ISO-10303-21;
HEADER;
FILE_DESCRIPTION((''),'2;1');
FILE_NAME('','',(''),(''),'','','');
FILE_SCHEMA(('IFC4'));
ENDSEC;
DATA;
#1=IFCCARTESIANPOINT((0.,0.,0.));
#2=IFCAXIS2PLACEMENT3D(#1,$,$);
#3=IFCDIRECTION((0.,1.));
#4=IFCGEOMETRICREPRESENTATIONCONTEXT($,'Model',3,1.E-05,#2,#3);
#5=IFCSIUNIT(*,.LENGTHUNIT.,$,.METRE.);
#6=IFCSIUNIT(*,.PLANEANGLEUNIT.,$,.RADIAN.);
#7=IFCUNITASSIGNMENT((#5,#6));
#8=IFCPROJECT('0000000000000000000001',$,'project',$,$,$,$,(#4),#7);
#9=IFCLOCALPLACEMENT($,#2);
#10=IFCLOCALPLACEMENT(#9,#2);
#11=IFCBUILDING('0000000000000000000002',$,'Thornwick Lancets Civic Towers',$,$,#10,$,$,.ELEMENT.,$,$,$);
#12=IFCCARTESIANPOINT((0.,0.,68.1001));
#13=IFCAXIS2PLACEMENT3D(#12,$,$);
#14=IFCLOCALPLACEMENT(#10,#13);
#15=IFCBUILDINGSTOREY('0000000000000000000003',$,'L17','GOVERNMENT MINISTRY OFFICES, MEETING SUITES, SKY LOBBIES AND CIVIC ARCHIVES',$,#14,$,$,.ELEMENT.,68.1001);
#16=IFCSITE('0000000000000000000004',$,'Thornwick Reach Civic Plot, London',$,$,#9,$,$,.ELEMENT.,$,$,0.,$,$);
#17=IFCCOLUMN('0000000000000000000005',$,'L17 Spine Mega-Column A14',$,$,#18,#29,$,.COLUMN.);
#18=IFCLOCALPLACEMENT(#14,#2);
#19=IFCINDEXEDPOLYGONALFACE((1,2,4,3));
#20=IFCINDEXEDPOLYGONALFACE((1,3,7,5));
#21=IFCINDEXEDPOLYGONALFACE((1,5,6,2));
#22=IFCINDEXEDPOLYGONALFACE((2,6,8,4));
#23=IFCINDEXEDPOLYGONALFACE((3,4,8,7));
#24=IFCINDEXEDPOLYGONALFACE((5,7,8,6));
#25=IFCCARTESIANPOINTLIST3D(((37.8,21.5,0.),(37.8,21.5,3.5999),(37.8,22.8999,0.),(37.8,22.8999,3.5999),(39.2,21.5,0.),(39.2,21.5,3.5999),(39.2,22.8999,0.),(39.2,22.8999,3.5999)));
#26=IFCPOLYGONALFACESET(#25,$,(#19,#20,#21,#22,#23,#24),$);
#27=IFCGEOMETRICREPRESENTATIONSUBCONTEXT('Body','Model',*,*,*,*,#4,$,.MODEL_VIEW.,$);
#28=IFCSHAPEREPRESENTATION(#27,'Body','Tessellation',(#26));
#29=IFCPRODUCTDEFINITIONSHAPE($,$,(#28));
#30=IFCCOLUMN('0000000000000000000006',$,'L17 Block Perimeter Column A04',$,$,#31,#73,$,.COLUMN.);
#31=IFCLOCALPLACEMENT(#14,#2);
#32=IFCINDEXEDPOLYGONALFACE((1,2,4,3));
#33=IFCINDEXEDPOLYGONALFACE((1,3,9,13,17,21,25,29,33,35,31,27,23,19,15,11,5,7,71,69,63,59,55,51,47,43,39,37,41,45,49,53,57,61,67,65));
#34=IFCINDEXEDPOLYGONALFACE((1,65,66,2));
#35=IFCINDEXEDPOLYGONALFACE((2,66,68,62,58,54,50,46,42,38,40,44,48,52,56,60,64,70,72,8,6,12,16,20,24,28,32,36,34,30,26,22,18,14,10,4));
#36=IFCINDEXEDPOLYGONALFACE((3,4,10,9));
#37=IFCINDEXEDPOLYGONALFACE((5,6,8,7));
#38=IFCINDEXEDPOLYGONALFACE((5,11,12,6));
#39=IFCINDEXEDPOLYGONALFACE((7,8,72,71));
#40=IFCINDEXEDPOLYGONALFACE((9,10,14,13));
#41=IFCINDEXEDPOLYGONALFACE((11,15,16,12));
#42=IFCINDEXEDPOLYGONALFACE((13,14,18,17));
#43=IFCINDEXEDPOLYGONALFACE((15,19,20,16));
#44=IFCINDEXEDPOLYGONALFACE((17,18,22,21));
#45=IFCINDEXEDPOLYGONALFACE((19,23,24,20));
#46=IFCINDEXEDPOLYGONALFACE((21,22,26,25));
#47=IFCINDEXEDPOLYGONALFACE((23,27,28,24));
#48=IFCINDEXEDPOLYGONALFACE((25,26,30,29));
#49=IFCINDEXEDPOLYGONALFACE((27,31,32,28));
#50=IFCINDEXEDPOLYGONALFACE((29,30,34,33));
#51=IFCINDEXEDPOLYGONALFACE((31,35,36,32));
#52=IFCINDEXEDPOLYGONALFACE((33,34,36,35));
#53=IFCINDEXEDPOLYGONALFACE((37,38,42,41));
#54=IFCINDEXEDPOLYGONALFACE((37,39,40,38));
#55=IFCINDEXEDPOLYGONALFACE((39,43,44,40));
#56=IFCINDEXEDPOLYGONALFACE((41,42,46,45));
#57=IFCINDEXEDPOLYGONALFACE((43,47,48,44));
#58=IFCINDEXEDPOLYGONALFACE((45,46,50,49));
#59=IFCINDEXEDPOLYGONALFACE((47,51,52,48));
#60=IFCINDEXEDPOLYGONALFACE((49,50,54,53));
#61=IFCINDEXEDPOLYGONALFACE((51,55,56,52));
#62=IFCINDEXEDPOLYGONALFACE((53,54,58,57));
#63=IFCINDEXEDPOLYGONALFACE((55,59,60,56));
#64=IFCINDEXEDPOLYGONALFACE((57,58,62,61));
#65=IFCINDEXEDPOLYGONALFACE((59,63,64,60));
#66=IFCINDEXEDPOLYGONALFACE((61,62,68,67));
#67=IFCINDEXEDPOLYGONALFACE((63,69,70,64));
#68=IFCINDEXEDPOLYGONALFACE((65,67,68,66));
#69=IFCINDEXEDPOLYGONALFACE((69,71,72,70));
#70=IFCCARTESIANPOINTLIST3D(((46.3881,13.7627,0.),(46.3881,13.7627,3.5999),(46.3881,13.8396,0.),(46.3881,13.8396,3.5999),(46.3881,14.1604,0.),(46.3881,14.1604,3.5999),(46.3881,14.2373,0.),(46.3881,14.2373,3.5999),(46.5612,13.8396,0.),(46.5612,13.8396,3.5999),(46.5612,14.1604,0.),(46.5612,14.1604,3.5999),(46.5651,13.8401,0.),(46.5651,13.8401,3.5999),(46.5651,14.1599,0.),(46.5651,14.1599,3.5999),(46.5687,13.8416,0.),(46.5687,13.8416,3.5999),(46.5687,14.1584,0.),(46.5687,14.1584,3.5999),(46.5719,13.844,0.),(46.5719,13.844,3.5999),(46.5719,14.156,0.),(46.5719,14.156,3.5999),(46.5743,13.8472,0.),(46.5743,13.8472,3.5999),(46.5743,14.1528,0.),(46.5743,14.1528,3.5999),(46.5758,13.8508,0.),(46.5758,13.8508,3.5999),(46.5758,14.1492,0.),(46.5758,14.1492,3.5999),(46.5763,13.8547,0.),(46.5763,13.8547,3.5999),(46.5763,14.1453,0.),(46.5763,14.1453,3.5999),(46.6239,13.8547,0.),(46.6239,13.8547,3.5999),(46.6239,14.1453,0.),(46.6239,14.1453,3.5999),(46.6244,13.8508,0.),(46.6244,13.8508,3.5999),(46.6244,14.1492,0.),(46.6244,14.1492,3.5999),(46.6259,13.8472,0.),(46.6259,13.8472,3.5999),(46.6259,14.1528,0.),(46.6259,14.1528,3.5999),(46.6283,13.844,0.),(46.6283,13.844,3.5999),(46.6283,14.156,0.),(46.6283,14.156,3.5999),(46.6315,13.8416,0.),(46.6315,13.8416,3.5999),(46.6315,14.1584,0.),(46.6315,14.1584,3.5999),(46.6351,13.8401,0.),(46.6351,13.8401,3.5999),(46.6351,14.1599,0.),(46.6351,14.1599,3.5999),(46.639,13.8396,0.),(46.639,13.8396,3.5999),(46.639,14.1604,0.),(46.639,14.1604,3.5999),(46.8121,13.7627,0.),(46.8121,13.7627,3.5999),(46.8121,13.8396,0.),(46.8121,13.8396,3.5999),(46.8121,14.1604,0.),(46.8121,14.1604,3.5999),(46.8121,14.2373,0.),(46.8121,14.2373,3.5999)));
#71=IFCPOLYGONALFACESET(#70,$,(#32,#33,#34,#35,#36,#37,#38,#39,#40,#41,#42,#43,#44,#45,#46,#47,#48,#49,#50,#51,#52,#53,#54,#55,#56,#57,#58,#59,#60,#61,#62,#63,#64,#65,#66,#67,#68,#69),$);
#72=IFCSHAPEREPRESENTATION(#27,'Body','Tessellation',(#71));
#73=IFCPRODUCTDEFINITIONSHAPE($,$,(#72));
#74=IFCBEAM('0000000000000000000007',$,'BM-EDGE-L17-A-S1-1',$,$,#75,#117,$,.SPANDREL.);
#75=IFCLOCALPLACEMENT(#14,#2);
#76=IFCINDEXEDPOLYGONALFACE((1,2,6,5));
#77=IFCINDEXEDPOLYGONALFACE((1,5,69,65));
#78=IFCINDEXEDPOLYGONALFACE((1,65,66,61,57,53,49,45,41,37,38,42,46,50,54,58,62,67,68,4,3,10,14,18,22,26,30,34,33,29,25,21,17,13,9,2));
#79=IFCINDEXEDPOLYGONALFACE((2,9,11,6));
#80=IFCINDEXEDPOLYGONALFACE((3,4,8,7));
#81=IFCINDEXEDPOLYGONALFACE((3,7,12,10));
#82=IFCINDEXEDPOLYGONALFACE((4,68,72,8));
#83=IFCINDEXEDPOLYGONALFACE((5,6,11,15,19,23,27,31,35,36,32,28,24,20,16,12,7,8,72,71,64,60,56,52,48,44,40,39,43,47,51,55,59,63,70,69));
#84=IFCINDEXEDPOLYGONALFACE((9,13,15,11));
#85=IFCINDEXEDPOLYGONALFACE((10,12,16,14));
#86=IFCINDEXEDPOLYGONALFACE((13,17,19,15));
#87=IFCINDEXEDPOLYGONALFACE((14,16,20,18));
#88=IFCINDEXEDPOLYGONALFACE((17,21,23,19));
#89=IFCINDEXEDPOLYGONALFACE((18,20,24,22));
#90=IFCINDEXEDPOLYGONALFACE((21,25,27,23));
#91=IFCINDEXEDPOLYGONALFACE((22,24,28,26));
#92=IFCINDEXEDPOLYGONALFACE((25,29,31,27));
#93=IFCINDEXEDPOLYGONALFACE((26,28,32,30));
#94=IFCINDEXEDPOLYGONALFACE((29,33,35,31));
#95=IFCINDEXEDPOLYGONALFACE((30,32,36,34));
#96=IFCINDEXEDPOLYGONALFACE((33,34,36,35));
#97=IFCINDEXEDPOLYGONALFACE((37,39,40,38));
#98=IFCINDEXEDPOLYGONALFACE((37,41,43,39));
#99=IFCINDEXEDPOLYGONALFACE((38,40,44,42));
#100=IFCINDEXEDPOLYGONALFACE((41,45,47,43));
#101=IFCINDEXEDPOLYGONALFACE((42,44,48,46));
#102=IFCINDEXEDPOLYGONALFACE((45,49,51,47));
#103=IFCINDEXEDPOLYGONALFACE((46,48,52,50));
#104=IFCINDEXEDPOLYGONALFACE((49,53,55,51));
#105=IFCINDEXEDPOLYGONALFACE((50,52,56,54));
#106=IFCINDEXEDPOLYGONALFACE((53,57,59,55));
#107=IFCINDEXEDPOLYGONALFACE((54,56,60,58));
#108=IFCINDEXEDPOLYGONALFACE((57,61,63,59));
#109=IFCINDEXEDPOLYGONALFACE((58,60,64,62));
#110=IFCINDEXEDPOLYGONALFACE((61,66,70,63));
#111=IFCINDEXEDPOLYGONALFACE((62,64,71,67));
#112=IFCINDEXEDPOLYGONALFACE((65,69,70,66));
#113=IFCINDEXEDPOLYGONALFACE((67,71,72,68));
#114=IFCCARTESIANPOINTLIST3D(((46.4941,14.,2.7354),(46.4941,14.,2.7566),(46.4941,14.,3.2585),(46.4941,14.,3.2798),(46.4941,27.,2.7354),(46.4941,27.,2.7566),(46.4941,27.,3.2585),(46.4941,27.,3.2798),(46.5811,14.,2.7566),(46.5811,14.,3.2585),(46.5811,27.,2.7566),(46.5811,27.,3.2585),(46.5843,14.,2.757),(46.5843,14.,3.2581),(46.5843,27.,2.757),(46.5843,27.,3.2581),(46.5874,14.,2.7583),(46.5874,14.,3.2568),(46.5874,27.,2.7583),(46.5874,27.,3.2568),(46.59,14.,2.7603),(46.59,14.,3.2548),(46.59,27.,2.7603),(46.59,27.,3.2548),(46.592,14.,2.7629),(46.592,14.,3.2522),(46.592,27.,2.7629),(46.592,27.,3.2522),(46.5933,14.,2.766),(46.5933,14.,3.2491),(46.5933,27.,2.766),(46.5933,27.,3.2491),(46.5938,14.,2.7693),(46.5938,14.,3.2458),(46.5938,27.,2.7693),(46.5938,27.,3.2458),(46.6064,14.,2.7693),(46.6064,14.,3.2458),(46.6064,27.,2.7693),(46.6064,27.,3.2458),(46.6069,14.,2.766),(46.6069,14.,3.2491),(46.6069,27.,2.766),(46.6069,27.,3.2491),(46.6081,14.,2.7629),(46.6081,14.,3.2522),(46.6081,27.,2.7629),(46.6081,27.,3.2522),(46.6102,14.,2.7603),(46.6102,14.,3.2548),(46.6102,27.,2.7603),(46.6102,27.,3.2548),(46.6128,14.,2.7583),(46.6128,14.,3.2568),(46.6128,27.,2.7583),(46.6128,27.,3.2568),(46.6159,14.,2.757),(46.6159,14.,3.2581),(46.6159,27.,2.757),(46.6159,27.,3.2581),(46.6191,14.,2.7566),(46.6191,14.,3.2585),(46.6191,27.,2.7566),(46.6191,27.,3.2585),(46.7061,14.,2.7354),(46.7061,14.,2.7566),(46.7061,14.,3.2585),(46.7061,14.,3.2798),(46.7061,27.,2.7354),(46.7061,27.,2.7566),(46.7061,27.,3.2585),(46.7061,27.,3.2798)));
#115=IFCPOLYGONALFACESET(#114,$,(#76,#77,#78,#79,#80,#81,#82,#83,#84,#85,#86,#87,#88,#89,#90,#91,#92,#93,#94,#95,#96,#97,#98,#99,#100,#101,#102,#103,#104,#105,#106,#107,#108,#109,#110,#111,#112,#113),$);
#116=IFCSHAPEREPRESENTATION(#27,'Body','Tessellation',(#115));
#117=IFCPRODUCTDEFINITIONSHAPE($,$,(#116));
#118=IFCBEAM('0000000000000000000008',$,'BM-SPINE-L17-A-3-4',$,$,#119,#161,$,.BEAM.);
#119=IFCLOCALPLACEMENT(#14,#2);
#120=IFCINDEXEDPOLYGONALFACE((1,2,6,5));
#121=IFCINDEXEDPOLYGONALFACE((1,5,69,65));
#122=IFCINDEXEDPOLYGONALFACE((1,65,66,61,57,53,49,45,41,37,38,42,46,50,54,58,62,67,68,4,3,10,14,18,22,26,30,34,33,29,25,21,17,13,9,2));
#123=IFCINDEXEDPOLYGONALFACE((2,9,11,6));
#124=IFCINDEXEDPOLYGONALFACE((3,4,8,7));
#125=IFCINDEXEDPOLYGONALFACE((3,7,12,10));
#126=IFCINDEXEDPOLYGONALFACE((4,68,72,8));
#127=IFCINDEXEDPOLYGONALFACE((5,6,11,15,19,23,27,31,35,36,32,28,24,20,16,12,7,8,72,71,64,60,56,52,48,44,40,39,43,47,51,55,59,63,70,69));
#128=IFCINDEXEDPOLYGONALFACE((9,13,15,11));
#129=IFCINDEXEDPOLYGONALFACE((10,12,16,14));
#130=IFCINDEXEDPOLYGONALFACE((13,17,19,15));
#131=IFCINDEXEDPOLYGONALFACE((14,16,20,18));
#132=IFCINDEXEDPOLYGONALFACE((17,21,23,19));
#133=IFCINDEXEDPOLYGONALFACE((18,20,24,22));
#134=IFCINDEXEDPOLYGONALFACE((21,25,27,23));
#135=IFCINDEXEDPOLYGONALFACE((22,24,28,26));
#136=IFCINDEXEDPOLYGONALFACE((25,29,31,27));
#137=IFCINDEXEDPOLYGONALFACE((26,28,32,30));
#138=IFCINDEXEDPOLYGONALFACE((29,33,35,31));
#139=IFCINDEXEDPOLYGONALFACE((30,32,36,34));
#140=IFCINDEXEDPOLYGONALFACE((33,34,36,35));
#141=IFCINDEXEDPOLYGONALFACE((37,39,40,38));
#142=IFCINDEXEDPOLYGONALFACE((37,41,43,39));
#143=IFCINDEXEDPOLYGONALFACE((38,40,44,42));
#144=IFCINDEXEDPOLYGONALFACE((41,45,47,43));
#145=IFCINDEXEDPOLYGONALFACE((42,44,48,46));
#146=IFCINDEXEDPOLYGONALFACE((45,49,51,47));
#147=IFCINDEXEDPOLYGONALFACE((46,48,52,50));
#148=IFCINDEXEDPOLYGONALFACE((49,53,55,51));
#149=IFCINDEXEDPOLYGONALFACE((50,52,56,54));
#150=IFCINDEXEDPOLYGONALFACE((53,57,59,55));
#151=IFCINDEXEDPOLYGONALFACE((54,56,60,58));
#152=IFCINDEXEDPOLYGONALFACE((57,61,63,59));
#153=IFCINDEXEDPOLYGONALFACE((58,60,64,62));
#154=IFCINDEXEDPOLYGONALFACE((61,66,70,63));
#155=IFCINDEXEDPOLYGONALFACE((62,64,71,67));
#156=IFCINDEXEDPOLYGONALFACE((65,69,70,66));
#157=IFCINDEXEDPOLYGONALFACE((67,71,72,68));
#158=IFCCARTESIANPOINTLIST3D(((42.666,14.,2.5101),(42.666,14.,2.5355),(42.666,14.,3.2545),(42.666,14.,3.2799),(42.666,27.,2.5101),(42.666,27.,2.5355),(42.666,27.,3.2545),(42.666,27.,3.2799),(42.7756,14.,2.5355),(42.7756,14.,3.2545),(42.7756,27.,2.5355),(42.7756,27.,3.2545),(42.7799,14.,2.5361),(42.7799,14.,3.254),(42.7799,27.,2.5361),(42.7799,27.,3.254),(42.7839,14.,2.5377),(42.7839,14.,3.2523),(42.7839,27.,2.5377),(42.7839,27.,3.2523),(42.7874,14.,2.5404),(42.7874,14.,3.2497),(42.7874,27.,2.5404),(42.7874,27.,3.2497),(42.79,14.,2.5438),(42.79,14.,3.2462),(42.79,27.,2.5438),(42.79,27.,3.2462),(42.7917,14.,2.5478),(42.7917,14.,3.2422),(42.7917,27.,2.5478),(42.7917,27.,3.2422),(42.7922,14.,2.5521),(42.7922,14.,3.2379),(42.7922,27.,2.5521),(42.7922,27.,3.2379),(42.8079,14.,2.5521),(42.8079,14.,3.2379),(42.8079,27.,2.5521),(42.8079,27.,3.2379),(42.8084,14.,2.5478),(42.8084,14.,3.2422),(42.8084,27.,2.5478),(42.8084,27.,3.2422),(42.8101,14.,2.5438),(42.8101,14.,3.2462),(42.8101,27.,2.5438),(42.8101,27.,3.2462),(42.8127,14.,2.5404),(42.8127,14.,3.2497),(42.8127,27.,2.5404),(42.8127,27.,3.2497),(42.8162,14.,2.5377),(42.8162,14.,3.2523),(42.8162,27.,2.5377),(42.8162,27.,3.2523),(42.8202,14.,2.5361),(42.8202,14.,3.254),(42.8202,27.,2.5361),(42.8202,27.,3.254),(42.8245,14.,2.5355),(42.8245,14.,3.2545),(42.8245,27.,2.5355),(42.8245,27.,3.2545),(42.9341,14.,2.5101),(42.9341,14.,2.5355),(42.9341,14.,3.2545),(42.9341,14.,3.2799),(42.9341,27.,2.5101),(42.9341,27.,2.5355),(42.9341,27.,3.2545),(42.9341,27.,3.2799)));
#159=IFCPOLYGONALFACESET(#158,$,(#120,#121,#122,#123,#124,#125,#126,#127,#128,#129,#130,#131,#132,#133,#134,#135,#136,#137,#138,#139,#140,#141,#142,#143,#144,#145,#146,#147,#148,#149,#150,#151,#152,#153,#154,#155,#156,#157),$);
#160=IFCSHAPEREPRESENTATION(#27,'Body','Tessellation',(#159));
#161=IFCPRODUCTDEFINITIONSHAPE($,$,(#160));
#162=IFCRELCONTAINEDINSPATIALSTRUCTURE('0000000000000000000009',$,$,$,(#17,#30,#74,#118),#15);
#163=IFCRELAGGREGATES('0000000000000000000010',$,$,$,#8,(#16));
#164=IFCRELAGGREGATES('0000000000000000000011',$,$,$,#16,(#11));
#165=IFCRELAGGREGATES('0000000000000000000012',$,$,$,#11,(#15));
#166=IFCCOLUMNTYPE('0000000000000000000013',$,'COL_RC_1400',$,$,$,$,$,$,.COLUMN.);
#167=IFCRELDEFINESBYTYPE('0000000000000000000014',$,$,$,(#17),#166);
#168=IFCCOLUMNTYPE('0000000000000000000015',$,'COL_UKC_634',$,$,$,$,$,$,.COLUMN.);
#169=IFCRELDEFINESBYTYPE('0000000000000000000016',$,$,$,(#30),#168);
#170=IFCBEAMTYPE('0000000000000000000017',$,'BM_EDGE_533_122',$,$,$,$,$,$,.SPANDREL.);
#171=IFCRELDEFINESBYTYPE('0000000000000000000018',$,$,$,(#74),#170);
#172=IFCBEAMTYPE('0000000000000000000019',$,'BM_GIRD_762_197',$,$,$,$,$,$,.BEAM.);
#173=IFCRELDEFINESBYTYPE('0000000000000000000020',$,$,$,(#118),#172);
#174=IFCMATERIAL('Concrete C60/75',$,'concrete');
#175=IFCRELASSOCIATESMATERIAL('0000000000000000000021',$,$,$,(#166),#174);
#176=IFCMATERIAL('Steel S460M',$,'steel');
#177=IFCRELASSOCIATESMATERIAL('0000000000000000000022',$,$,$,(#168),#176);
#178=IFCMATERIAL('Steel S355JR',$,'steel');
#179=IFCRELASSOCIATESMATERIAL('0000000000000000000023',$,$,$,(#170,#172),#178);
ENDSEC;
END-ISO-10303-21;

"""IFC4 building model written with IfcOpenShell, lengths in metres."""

from ifc_helpers import new_model, si_unit, direction, frame, origin, origin_2d, place, context, subcontext, project, spatial, rectangle, i_section, extrude, material, material_profile, profile_set, type_object, element, save


model = new_model("IFC4")

# Units and contexts
model_context = context("Model", 3, precision=1e-05, world=origin(), true_north=direction((0.0, 1.0)))
body_context = subcontext(model_context, "Body", "Model", "MODEL_VIEW")
ifc_project = project(units=[si_unit("LENGTHUNIT", "METRE"), si_unit("PLANEANGLEUNIT", "RADIAN")], contexts=[model_context])

# Site, building, storey
site_placement = place(None, origin())
site = spatial("IfcSite", under=ifc_project, at=site_placement, Name="Thornwick Reach Civic Plot, London", CompositionType="ELEMENT", RefElevation=0.0)
building_placement = place(site_placement, origin())
building = spatial("IfcBuilding", under=site, at=building_placement, Name="Thornwick Lancets Civic Towers", CompositionType="ELEMENT")
storey_placement = place(building_placement, frame((0.0, 0.0, 68.1001)))
storey = spatial("IfcBuildingStorey", under=building, at=storey_placement, Name="L17", Description="GOVERNMENT MINISTRY OFFICES, MEETING SUITES, SKY LOBBIES AND CIVIC ARCHIVES", CompositionType="ELEMENT", Elevation=68.1001)

# Columns
ifc_material_1 = material(Name="Concrete C60/75", Category="concrete")
ifc_material_profile_1 = material_profile(ifc_material_1, rectangle(XDim=1.3999, YDim=1.3999, at=origin_2d()), Name="RC 1400x1400")
ifc_profile_set_1 = profile_set([ifc_material_profile_1], Name="Concrete C60/75")
column_type_1 = type_object("IfcColumnType", Name="COL_RC_1400", PredefinedType="COLUMN", material=ifc_profile_set_1)
column_1_placement = place(storey_placement, frame((38.5, 22.2, 0.0), z_axis=(0.0, 0.0, 1.0), x_axis=(1.0, 0.0, 0.0)))
element("IfcColumn", 1, at=column_1_placement, inside=storey, type_object=column_type_1, Name="L17 Spine Mega-Column A14", PredefinedType="COLUMN", context=body_context, shape_type="SweptSolid", body=[
    extrude(rectangle(XDim=1.3999, YDim=1.3999, at=origin_2d()), origin(), (0.0, 0.0, 1.0), 3.5999),
])
ifc_material_2 = material(Name="Steel S460M", Category="steel")
ifc_material_profile_2 = material_profile(ifc_material_2, i_section(OverallWidth=0.4241, OverallDepth=0.4746, WebThickness=0.0476, FlangeThickness=0.0769, FilletRadius=0.0151, at=origin_2d()), Name="UKC 356x406x634")
ifc_profile_set_2 = profile_set([ifc_material_profile_2], Name="Steel S460M")
column_type_2 = type_object("IfcColumnType", Name="COL_UKC_634", PredefinedType="COLUMN", material=ifc_profile_set_2)
column_2_placement = place(storey_placement, frame((46.6001, 14.0, 0.0), z_axis=(0.0, 0.0, 1.0), x_axis=(1.0, 0.0, 0.0)))
element("IfcColumn", 2, at=column_2_placement, inside=storey, type_object=column_type_2, Name="L17 Block Perimeter Column A04", PredefinedType="COLUMN", context=body_context, shape_type="SweptSolid", body=[
    extrude(i_section(OverallWidth=0.4241, OverallDepth=0.4746, WebThickness=0.0476, FlangeThickness=0.0769, FilletRadius=0.0151, at=origin_2d()), origin(), (0.0, 0.0, 1.0), 3.5999),
])

# Beams
ifc_material_3 = material(Name="Steel S355JR", Category="steel")
ifc_material_profile_3 = material_profile(ifc_material_3, i_section(OverallWidth=0.2119, OverallDepth=0.5444, WebThickness=0.0127, FlangeThickness=0.0212, FilletRadius=0.0127, at=origin_2d()), Name="UKB 533x210x122")
ifc_profile_set_3 = profile_set([ifc_material_profile_3], Name="Steel S355JR")
beam_type_1 = type_object("IfcBeamType", Name="BM_EDGE_533_122", PredefinedType="SPANDREL", material=ifc_profile_set_3)
beam_1_placement = place(storey_placement, frame((46.6001, 14.0, 3.0076), z_axis=(0.0, 1.0, 0.0), x_axis=(-1.0, 0.0, 0.0)))
element("IfcBeam", 3, at=beam_1_placement, inside=storey, type_object=beam_type_1, Name="BM-EDGE-L17-A-S1-1", PredefinedType="SPANDREL", context=body_context, shape_type="SweptSolid", body=[
    extrude(i_section(OverallWidth=0.2119, OverallDepth=0.5444, WebThickness=0.0127, FlangeThickness=0.0212, FilletRadius=0.0127, at=origin_2d()), origin(), (0.0, 0.0, 1.0), 13.0),
])
ifc_material_profile_4 = material_profile(ifc_material_3, i_section(OverallWidth=0.2681, OverallDepth=0.7698, WebThickness=0.0156, FlangeThickness=0.0254, FilletRadius=0.0166, at=origin_2d()), Name="UKB 762x267x197")
ifc_profile_set_4 = profile_set([ifc_material_profile_4], Name="Steel S355JR")
beam_type_2 = type_object("IfcBeamType", Name="BM_GIRD_762_197", PredefinedType="BEAM", material=ifc_profile_set_4)
beam_2_placement = place(storey_placement, frame((42.8, 14.0, 2.895), z_axis=(0.0, 1.0, 0.0), x_axis=(-1.0, 0.0, 0.0)))
element("IfcBeam", 4, at=beam_2_placement, inside=storey, type_object=beam_type_2, Name="BM-SPINE-L17-A-3-4", PredefinedType="BEAM", context=body_context, shape_type="SweptSolid", body=[
    extrude(i_section(OverallWidth=0.2681, OverallDepth=0.7698, WebThickness=0.0156, FlangeThickness=0.0254, FilletRadius=0.0166, at=origin_2d()), origin(), (0.0, 0.0, 1.0), 13.0),
])

save(model, "model.ifc")
